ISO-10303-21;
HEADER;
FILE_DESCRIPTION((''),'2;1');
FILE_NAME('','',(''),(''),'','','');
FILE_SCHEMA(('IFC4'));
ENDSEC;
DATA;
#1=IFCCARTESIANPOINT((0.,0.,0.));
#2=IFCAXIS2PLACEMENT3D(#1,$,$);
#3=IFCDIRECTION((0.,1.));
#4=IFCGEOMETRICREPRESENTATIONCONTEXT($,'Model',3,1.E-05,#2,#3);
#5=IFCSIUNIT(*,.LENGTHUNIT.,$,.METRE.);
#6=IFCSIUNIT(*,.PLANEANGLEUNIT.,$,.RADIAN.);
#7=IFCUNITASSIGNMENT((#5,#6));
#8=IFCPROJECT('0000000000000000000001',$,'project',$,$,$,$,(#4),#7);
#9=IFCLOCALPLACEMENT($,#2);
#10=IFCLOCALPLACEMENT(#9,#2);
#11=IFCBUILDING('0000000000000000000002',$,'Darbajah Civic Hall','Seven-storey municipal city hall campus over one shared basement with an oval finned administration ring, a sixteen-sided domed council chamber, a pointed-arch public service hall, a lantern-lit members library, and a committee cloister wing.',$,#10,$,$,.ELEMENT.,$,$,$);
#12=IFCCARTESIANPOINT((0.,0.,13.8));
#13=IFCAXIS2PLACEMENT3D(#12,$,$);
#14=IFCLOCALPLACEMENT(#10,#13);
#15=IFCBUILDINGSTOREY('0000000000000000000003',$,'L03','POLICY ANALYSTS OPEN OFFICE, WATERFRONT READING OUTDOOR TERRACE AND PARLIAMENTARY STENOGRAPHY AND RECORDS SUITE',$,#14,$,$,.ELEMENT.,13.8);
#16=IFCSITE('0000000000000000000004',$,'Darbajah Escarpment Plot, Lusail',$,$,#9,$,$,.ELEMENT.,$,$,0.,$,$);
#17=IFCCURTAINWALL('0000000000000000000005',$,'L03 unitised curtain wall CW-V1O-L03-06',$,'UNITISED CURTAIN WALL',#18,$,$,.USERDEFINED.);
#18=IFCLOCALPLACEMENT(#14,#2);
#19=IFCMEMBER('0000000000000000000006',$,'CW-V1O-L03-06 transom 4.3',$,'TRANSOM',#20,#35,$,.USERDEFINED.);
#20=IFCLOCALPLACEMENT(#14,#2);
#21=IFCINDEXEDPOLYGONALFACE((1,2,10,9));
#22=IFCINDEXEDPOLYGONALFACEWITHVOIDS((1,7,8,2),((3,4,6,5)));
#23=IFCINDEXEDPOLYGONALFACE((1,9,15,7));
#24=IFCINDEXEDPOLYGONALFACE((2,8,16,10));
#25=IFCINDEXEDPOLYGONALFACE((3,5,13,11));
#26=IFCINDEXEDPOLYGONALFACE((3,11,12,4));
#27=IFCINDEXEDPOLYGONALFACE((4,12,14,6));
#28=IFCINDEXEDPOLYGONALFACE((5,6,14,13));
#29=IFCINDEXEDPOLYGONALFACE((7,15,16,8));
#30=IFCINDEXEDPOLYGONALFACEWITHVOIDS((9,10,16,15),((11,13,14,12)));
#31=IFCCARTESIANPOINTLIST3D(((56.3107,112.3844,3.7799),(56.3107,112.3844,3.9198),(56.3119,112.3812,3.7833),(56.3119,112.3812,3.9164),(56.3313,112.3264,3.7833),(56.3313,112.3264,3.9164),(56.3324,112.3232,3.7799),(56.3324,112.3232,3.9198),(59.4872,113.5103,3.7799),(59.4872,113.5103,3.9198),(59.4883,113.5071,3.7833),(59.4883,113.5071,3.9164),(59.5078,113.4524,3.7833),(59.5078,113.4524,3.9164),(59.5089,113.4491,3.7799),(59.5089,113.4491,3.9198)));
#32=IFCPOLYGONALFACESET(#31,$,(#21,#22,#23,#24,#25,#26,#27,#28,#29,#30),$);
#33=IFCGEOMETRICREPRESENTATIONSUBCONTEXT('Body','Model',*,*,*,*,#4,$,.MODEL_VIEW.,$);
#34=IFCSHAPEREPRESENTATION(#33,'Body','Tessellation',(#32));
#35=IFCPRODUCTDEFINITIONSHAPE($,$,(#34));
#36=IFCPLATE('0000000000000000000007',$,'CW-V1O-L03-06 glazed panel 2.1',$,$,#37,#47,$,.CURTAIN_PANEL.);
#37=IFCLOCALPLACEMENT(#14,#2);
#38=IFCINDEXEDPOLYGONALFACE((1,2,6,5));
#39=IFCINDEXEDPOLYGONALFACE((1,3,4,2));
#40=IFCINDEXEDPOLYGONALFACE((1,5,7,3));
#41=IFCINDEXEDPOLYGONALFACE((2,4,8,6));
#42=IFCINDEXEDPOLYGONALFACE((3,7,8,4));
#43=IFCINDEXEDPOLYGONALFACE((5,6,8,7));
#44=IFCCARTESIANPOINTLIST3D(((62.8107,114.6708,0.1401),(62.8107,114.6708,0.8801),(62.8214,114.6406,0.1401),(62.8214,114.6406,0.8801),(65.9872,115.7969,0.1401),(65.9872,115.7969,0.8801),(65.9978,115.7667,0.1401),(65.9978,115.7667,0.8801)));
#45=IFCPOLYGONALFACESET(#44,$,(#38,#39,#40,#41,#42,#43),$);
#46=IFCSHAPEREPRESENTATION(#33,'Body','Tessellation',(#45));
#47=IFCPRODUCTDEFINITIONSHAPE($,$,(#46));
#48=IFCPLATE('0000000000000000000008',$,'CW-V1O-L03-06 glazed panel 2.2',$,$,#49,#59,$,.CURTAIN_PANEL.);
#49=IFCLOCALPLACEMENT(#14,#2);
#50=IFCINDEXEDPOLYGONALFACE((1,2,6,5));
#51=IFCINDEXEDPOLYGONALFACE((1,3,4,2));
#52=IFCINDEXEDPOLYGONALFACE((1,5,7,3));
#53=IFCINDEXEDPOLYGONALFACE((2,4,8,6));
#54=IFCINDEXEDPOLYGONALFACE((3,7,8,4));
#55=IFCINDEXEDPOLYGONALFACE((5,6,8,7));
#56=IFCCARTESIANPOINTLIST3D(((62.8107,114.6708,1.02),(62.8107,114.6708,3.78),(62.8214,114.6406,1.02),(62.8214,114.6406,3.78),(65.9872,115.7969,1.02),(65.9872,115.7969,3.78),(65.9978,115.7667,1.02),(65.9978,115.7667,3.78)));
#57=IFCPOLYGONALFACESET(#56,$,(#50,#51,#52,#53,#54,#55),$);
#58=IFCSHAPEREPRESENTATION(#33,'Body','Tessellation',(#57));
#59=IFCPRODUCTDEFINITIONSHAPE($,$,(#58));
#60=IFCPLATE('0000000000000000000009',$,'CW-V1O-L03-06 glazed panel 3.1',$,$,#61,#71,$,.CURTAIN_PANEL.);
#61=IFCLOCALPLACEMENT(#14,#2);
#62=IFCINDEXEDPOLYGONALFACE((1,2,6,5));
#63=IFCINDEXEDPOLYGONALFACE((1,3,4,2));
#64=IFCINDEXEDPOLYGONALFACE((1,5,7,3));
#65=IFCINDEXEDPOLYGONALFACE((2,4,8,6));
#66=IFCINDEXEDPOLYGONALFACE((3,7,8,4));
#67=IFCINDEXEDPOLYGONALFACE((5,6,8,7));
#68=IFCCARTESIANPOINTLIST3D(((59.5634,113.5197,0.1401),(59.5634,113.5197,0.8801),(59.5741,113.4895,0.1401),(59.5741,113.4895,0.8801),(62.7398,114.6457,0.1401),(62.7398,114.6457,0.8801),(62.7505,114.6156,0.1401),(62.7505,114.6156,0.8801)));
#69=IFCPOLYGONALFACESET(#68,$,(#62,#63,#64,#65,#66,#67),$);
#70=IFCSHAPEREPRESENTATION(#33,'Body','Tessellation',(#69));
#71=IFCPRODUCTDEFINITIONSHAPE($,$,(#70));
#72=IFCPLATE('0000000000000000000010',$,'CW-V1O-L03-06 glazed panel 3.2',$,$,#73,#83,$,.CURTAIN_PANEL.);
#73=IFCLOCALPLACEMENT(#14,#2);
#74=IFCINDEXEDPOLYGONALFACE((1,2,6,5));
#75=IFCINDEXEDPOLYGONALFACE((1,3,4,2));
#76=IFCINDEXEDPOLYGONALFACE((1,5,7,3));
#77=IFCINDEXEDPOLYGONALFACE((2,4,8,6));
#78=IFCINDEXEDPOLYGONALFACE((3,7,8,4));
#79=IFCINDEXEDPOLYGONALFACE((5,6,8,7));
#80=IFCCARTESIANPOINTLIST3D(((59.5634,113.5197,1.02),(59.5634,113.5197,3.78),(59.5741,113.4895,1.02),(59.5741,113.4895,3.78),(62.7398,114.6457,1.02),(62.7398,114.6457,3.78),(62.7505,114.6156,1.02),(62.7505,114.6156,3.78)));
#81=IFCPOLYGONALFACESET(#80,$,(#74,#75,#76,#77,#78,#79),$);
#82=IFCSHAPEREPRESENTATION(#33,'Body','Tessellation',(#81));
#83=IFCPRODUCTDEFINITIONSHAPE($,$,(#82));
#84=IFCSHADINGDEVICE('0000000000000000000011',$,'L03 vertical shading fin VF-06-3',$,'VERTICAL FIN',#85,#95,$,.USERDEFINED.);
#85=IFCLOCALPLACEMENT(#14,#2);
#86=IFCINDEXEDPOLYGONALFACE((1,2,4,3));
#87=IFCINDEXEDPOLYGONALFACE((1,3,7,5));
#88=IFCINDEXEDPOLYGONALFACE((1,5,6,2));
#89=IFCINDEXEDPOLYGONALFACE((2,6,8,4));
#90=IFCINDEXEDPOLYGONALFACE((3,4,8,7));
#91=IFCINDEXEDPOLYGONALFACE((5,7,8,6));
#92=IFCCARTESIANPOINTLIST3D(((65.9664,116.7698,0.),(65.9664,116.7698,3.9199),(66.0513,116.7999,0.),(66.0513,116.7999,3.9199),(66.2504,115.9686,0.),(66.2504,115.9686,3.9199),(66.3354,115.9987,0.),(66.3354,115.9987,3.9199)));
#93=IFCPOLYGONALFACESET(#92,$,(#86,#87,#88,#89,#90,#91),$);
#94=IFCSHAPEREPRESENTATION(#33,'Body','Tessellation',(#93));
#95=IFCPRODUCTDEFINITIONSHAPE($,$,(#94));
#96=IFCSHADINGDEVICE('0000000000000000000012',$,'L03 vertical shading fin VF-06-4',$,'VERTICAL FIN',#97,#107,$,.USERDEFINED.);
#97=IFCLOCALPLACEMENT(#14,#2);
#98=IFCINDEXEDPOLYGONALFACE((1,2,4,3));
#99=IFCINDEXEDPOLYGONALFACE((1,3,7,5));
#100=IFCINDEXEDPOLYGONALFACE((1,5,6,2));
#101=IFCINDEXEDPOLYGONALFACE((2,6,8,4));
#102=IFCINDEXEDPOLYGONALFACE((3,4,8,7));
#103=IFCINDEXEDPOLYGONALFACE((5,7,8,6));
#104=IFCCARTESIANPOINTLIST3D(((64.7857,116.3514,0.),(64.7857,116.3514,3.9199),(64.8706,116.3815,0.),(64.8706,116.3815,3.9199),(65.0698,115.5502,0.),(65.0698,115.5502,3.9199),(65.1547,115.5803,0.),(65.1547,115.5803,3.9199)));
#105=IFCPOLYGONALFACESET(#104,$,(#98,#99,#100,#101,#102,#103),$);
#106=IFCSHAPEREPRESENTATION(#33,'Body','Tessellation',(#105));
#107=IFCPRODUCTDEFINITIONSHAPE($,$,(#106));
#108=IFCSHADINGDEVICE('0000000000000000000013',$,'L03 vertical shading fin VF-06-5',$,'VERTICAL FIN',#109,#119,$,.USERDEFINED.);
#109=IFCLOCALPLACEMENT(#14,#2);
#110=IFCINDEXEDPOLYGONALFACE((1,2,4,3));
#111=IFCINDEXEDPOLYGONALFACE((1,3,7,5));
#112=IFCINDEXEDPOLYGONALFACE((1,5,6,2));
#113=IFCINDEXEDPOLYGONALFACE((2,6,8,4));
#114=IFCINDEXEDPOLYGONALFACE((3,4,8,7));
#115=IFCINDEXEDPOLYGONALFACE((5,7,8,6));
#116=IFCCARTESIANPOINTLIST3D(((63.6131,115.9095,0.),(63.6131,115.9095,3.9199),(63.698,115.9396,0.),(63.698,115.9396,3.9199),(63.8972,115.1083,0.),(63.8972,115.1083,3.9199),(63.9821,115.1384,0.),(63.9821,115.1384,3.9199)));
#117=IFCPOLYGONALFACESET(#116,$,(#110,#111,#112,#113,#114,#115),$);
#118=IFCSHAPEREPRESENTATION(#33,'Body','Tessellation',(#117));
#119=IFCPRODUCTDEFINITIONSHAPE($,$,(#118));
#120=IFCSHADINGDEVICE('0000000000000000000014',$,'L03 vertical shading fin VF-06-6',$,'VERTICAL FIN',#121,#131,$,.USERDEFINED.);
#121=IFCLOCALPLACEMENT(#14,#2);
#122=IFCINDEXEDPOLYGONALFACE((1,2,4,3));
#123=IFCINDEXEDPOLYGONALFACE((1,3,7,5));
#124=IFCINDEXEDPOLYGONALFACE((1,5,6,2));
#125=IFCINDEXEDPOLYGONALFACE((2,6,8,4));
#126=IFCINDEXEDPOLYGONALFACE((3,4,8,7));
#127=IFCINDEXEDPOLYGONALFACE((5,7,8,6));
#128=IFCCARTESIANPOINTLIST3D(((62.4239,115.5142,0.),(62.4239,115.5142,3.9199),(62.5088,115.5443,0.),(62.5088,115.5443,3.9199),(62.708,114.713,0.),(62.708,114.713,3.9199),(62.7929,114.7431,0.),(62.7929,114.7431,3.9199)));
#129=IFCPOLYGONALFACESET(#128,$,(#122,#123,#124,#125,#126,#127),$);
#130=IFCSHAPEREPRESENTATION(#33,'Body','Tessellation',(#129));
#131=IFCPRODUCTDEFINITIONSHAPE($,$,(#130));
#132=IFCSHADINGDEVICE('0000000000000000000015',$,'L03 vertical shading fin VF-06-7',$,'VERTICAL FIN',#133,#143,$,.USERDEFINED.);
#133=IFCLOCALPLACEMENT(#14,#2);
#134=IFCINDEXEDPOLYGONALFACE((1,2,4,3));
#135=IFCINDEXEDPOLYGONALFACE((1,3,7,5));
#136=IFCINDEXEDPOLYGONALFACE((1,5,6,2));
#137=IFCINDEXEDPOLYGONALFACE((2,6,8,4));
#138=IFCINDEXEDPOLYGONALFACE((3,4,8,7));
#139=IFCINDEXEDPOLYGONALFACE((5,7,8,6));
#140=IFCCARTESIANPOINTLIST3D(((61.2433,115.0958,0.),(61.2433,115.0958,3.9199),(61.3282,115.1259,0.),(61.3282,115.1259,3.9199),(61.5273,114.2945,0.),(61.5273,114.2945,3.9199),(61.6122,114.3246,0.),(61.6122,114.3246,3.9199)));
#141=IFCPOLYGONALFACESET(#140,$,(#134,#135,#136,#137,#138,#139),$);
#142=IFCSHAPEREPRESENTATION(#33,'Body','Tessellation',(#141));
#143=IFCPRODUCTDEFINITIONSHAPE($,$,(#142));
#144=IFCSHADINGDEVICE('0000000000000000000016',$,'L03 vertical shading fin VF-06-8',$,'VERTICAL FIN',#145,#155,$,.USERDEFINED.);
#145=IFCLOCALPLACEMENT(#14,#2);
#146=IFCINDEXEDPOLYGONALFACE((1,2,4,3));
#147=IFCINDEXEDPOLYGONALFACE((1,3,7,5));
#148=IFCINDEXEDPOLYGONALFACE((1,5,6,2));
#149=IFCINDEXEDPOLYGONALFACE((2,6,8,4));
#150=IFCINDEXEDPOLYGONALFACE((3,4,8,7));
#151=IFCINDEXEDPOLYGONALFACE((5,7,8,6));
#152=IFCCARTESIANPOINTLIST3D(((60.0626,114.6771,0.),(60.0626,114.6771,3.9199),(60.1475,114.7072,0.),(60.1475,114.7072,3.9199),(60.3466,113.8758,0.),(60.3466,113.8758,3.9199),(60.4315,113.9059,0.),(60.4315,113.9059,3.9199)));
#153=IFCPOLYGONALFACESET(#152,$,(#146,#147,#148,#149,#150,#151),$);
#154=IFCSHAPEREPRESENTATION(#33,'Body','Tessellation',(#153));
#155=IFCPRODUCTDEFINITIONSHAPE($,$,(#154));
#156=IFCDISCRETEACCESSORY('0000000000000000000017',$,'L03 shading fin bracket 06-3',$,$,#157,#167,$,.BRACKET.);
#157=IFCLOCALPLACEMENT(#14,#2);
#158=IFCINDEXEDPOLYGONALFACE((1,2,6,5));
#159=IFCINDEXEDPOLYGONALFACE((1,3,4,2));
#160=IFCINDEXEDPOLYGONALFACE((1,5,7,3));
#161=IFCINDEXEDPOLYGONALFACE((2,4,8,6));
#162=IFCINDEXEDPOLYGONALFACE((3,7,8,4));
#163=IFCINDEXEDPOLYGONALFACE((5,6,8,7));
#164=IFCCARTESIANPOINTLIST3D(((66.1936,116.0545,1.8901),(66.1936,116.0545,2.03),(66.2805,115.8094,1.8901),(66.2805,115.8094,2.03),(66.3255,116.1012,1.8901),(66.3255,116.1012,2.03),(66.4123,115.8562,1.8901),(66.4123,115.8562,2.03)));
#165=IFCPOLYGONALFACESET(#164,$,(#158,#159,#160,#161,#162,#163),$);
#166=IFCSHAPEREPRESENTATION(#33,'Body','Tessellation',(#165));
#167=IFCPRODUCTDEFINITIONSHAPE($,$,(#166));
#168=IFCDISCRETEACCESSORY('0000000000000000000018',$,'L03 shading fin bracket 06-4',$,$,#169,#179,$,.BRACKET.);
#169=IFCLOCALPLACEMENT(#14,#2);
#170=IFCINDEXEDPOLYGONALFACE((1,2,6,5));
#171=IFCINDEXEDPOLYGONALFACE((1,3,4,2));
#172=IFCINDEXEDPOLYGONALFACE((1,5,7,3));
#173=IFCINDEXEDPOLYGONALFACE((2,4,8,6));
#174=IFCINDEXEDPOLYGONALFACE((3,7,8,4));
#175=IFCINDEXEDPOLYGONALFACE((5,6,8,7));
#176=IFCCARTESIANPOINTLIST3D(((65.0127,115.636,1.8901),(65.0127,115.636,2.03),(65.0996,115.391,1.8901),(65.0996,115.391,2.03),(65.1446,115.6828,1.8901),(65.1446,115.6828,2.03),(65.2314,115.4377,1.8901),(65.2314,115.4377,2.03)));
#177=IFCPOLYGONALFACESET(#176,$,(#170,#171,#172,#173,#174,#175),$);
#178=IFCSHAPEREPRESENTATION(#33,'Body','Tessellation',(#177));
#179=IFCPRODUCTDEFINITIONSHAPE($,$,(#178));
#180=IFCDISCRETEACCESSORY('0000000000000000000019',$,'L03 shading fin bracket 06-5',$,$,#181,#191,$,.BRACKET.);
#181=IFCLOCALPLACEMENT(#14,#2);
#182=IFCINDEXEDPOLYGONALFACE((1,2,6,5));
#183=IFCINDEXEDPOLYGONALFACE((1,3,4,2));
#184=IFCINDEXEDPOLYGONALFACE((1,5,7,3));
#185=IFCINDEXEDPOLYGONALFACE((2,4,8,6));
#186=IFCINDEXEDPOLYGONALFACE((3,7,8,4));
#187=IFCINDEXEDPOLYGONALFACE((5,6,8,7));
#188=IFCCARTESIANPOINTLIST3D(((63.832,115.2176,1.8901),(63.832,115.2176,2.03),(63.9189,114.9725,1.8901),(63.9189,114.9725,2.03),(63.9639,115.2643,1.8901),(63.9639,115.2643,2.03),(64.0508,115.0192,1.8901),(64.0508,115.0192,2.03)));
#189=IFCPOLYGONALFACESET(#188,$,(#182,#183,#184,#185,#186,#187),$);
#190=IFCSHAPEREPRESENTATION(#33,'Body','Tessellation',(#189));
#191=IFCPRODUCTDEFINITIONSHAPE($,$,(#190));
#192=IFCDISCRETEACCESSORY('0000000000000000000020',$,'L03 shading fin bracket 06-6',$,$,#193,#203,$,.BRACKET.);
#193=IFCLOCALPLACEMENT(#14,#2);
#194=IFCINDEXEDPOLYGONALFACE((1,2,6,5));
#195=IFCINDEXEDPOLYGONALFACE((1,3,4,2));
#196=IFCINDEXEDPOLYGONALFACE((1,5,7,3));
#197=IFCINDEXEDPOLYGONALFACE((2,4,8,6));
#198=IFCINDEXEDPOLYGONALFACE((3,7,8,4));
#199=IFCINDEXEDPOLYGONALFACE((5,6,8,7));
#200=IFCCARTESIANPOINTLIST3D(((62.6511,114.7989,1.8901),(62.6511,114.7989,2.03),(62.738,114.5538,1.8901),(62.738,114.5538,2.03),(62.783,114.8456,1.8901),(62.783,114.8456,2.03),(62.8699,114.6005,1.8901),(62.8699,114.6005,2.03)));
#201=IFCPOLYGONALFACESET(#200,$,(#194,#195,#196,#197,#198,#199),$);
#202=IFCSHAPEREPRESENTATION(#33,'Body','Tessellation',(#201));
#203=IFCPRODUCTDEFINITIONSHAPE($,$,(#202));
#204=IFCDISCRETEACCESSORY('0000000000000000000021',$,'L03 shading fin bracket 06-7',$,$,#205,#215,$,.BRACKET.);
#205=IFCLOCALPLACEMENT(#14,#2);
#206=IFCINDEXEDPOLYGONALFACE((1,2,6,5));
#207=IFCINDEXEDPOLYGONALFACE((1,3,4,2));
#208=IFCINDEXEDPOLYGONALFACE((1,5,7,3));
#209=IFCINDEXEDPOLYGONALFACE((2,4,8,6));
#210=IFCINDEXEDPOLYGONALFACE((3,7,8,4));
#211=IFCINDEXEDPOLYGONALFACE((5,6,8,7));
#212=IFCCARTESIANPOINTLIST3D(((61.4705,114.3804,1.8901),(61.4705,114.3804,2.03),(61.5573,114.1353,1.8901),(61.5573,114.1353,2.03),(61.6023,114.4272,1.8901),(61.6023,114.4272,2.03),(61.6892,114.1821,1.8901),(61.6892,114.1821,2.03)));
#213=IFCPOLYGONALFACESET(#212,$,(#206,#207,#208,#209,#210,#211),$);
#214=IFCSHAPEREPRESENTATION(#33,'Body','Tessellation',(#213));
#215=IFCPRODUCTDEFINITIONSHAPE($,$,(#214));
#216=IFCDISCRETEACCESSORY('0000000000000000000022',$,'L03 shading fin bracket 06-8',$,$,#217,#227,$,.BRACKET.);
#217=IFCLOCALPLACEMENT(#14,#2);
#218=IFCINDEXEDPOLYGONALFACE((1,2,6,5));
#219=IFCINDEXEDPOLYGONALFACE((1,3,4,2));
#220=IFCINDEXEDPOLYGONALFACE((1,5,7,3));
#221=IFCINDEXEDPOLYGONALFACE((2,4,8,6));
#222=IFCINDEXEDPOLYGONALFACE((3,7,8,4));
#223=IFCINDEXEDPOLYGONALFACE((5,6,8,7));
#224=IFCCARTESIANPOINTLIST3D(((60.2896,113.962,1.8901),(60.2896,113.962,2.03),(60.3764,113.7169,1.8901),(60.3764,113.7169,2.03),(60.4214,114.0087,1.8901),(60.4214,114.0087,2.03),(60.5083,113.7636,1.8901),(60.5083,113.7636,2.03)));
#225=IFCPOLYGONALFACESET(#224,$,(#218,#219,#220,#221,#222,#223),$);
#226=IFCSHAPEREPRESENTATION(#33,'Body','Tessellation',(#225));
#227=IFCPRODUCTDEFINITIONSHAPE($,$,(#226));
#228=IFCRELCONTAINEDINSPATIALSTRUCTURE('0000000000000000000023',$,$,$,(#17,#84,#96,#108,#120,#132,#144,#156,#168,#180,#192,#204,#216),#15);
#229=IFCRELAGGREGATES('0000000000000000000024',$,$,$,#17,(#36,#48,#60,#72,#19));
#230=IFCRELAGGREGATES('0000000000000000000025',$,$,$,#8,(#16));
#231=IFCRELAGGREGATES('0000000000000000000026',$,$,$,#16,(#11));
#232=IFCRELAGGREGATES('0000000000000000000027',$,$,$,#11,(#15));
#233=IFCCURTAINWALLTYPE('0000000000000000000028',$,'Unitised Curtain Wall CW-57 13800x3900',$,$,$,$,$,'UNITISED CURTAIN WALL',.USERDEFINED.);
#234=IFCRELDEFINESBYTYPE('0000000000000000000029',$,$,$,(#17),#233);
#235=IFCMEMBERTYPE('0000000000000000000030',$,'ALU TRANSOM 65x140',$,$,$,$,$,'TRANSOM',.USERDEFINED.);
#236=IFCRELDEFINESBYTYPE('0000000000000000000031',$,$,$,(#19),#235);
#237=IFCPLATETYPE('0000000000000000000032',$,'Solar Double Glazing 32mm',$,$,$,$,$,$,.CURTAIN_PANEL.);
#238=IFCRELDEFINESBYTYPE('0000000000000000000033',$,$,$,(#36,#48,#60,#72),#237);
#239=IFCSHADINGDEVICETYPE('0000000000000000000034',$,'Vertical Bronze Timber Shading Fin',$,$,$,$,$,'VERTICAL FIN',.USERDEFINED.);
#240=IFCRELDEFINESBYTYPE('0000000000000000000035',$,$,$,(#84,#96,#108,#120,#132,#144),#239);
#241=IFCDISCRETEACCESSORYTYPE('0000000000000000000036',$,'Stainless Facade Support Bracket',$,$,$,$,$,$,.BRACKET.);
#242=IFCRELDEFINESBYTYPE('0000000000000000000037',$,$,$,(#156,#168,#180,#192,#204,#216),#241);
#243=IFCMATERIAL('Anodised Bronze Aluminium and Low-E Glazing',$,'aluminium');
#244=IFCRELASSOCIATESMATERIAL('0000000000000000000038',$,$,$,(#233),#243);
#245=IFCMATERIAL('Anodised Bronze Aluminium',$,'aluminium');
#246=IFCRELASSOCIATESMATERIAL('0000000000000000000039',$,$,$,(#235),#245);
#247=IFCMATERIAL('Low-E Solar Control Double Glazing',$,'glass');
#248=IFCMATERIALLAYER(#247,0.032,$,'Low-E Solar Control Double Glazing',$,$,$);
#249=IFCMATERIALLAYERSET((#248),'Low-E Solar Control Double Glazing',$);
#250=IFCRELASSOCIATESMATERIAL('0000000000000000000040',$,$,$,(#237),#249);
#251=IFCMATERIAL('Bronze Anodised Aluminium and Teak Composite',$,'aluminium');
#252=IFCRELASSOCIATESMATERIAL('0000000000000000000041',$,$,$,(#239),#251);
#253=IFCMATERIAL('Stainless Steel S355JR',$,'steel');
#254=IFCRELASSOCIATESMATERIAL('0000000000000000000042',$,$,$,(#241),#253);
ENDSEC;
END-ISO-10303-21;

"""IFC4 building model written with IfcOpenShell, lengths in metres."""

from ifc_helpers import new_model, si_unit, direction, frame, origin, origin_2d, place, context, subcontext, project, spatial, rectangle, hollow_rectangle, extrude, material, layer, layer_set, material_profile, profile_set, type_object, element, aggregate, save


model = new_model("IFC4")

# Units and contexts
model_context = context("Model", 3, precision=1e-05, world=origin(), true_north=direction((0.0, 1.0)))
body_context = subcontext(model_context, "Body", "Model", "MODEL_VIEW")
ifc_project = project(units=[si_unit("LENGTHUNIT", "METRE"), si_unit("PLANEANGLEUNIT", "RADIAN")], contexts=[model_context])

# Site, building, storey
site_placement = place(None, origin())
site = spatial("IfcSite", under=ifc_project, at=site_placement, Name="Darbajah Escarpment Plot, Lusail", CompositionType="ELEMENT", RefElevation=0.0)
building_placement = place(site_placement, origin())
building = spatial("IfcBuilding", under=site, at=building_placement, Name="Darbajah Civic Hall", Description="Seven-storey municipal city hall campus over one shared basement with an oval finned administration ring, a sixteen-sided domed council chamber, a pointed-arch public service hall, a lantern-lit members library, and a committee cloister wing.", CompositionType="ELEMENT")
storey_placement = place(building_placement, frame((0.0, 0.0, 13.8)))
storey = spatial("IfcBuildingStorey", under=building, at=storey_placement, Name="L03", Description="POLICY ANALYSTS OPEN OFFICE, WATERFRONT READING OUTDOOR TERRACE AND PARLIAMENTARY STENOGRAPHY AND RECORDS SUITE", CompositionType="ELEMENT", Elevation=13.8)

# Curtain wall, member, plates
ifc_material_1 = material(Name="Anodised Bronze Aluminium and Low-E Glazing", Category="aluminium")
curtain_wall_type = type_object("IfcCurtainWallType", Name="Unitised Curtain Wall CW-57 13800x3900", ElementType="UNITISED CURTAIN WALL", PredefinedType="USERDEFINED", material=ifc_material_1)
curtain_wall_placement = place(storey_placement, origin())
curtain_wall = element("IfcCurtainWall", 1, at=curtain_wall_placement, inside=storey, type_object=curtain_wall_type, Name="L03 unitised curtain wall CW-V1O-L03-06", ObjectType="UNITISED CURTAIN WALL", PredefinedType="USERDEFINED")
ifc_material_2 = material(Name="Anodised Bronze Aluminium", Category="aluminium")
ifc_material_profile_1 = material_profile(ifc_material_2, hollow_rectangle(XDim=0.0649, YDim=0.1399, WallThickness=0.0034, at=origin_2d()), Name="ALU TRANSOM 65x140")
ifc_profile_set_1 = profile_set([ifc_material_profile_1], Name="Anodised Bronze Aluminium")
member_type_1 = type_object("IfcMemberType", Name="ALU TRANSOM 65x140", ElementType="TRANSOM", PredefinedType="USERDEFINED", material=ifc_profile_set_1)
member_1_placement = place(storey_placement, frame((59.498, 113.4797, 3.8499), z_axis=(-0.942537, -0.334101, 0.0), x_axis=(0.334101, -0.942537, 0.0)))
member_1 = element("IfcMember", 2, at=member_1_placement, type_object=member_type_1, Name="CW-V1O-L03-06 transom 4.3", ObjectType="TRANSOM", PredefinedType="USERDEFINED", context=body_context, shape_type="SweptSolid", body=[
    extrude(hollow_rectangle(XDim=0.0649, YDim=0.1399, WallThickness=0.0034, at=origin_2d()), origin(), (0.0, 0.0, 1.0), 3.3701),
])
ifc_material_3 = material(Name="Low-E Solar Control Double Glazing", Category="glass")
ifc_layer = layer(ifc_material_3, 0.032, Name="Low-E Solar Control Double Glazing")
ifc_layer_set = layer_set([ifc_layer], Name="Low-E Solar Control Double Glazing")
plate_type = type_object("IfcPlateType", Name="Solar Double Glazing 32mm", PredefinedType="CURTAIN_PANEL", material=ifc_layer_set)
plate_1_placement = place(storey_placement, frame((64.4043, 115.2188, 0.1401), z_axis=(0.0, 0.0, 1.0), x_axis=(-0.942525, -0.334136, 0.0)))
plate_1 = element("IfcPlate", 3, at=plate_1_placement, type_object=plate_type, Name="CW-V1O-L03-06 glazed panel 2.1", PredefinedType="CURTAIN_PANEL", context=body_context, shape_type="SweptSolid", body=[
    extrude(rectangle(XDim=3.3701, YDim=0.032, at=origin_2d()), origin(), (0.0, 0.0, 1.0), 0.74),
])
plate_2_placement = place(storey_placement, frame((64.4043, 115.2188, 1.02), z_axis=(0.0, 0.0, 1.0), x_axis=(-0.942525, -0.334136, 0.0)))
plate_2 = element("IfcPlate", 4, at=plate_2_placement, type_object=plate_type, Name="CW-V1O-L03-06 glazed panel 2.2", PredefinedType="CURTAIN_PANEL", context=body_context, shape_type="SweptSolid", body=[
    extrude(rectangle(XDim=3.3701, YDim=0.032, at=origin_2d()), origin(), (0.0, 0.0, 1.0), 2.76),
])
plate_3_placement = place(storey_placement, frame((61.157, 114.0676, 0.1401), z_axis=(0.0, 0.0, 1.0), x_axis=(-0.942525, -0.334136, 0.0)))
plate_3 = element("IfcPlate", 5, at=plate_3_placement, type_object=plate_type, Name="CW-V1O-L03-06 glazed panel 3.1", PredefinedType="CURTAIN_PANEL", context=body_context, shape_type="SweptSolid", body=[
    extrude(rectangle(XDim=3.3701, YDim=0.032, at=origin_2d()), origin(), (0.0, 0.0, 1.0), 0.74),
])
plate_4_placement = place(storey_placement, frame((61.157, 114.0676, 1.02), z_axis=(0.0, 0.0, 1.0), x_axis=(-0.942525, -0.334136, 0.0)))
plate_4 = element("IfcPlate", 6, at=plate_4_placement, type_object=plate_type, Name="CW-V1O-L03-06 glazed panel 3.2", PredefinedType="CURTAIN_PANEL", context=body_context, shape_type="SweptSolid", body=[
    extrude(rectangle(XDim=3.3701, YDim=0.032, at=origin_2d()), origin(), (0.0, 0.0, 1.0), 2.76),
])
aggregate(curtain_wall, [plate_1, plate_2, plate_3, plate_4, member_1])

# Shading devices
ifc_material_4 = material(Name="Bronze Anodised Aluminium and Teak Composite", Category="aluminium")
shading_device_type = type_object("IfcShadingDeviceType", Name="Vertical Bronze Timber Shading Fin", ElementType="VERTICAL FIN", PredefinedType="USERDEFINED", material=ifc_material_4)
for number, where, z_axis, x_axis, name in (
    (7, (66.1509, 116.3843, 0.0), (0.0, 0.0, 1.0), (-0.334136, 0.942525, 0.0), "L03 vertical shading fin VF-06-3"),
    (8, (64.9702, 115.9658, 0.0), (0.0, 0.0, 1.0), (-0.334136, 0.942525, 0.0), "L03 vertical shading fin VF-06-4"),
    (9, (63.7976, 115.5239, 0.0), (0.0, 0.0, 1.0), (-0.334136, 0.942525, 0.0), "L03 vertical shading fin VF-06-5"),
    (10, (62.6084, 115.1287, 0.0), (0.0, 0.0, 1.0), (-0.334136, 0.942525, 0.0), "L03 vertical shading fin VF-06-6"),
    (11, (61.4277, 114.7102, 0.0), (0.0, 0.0, 1.0), (-0.334136, 0.942525, 0.0), "L03 vertical shading fin VF-06-7"),
    (12, (60.2471, 114.2915, 0.0), (0.0, 0.0, 1.0), (-0.334136, 0.942525, 0.0), "L03 vertical shading fin VF-06-8"),
):
    element("IfcShadingDevice", number, at=place(storey_placement, frame(where, z_axis=z_axis, x_axis=x_axis)), inside=storey, type_object=shading_device_type, Name=name, ObjectType="VERTICAL FIN", PredefinedType="USERDEFINED", context=body_context, shape_type="SweptSolid", body=[
        extrude(rectangle(XDim=0.8501, YDim=0.0901, at=origin_2d()), origin(), (0.0, 0.0, 1.0), 3.9199),
    ])

# Discrete accessories
ifc_material_5 = material(Name="Stainless Steel S355JR", Category="steel")
discrete_accessory_type = type_object("IfcDiscreteAccessoryType", Name="Stainless Facade Support Bracket", PredefinedType="BRACKET", material=ifc_material_5)
for number, where, z_axis, x_axis, name in (
    (13, (66.303, 115.9553, 1.8901), (0.0, 0.0, 1.0), (-0.334136, 0.942525, 0.0), "L03 shading fin bracket 06-3"),
    (14, (65.1221, 115.5369, 1.8901), (0.0, 0.0, 1.0), (-0.334136, 0.942525, 0.0), "L03 shading fin bracket 06-4"),
    (15, (63.9414, 115.1184, 1.8901), (0.0, 0.0, 1.0), (-0.334136, 0.942525, 0.0), "L03 shading fin bracket 06-5"),
    (16, (62.7605, 114.6997, 1.8901), (0.0, 0.0, 1.0), (-0.334136, 0.942525, 0.0), "L03 shading fin bracket 06-6"),
    (17, (61.5798, 114.2812, 1.8901), (0.0, 0.0, 1.0), (-0.334136, 0.942525, 0.0), "L03 shading fin bracket 06-7"),
    (18, (60.3989, 113.8628, 1.8901), (0.0, 0.0, 1.0), (-0.334136, 0.942525, 0.0), "L03 shading fin bracket 06-8"),
):
    element("IfcDiscreteAccessory", number, at=place(storey_placement, frame(where, z_axis=z_axis, x_axis=x_axis)), inside=storey, type_object=discrete_accessory_type, Name=name, PredefinedType="BRACKET", context=body_context, shape_type="SweptSolid", body=[
        extrude(rectangle(XDim=0.26, YDim=0.1399, at=origin_2d()), origin(), (0.0, 0.0, 1.0), 0.1399),
    ])

save(model, "model.ifc")
